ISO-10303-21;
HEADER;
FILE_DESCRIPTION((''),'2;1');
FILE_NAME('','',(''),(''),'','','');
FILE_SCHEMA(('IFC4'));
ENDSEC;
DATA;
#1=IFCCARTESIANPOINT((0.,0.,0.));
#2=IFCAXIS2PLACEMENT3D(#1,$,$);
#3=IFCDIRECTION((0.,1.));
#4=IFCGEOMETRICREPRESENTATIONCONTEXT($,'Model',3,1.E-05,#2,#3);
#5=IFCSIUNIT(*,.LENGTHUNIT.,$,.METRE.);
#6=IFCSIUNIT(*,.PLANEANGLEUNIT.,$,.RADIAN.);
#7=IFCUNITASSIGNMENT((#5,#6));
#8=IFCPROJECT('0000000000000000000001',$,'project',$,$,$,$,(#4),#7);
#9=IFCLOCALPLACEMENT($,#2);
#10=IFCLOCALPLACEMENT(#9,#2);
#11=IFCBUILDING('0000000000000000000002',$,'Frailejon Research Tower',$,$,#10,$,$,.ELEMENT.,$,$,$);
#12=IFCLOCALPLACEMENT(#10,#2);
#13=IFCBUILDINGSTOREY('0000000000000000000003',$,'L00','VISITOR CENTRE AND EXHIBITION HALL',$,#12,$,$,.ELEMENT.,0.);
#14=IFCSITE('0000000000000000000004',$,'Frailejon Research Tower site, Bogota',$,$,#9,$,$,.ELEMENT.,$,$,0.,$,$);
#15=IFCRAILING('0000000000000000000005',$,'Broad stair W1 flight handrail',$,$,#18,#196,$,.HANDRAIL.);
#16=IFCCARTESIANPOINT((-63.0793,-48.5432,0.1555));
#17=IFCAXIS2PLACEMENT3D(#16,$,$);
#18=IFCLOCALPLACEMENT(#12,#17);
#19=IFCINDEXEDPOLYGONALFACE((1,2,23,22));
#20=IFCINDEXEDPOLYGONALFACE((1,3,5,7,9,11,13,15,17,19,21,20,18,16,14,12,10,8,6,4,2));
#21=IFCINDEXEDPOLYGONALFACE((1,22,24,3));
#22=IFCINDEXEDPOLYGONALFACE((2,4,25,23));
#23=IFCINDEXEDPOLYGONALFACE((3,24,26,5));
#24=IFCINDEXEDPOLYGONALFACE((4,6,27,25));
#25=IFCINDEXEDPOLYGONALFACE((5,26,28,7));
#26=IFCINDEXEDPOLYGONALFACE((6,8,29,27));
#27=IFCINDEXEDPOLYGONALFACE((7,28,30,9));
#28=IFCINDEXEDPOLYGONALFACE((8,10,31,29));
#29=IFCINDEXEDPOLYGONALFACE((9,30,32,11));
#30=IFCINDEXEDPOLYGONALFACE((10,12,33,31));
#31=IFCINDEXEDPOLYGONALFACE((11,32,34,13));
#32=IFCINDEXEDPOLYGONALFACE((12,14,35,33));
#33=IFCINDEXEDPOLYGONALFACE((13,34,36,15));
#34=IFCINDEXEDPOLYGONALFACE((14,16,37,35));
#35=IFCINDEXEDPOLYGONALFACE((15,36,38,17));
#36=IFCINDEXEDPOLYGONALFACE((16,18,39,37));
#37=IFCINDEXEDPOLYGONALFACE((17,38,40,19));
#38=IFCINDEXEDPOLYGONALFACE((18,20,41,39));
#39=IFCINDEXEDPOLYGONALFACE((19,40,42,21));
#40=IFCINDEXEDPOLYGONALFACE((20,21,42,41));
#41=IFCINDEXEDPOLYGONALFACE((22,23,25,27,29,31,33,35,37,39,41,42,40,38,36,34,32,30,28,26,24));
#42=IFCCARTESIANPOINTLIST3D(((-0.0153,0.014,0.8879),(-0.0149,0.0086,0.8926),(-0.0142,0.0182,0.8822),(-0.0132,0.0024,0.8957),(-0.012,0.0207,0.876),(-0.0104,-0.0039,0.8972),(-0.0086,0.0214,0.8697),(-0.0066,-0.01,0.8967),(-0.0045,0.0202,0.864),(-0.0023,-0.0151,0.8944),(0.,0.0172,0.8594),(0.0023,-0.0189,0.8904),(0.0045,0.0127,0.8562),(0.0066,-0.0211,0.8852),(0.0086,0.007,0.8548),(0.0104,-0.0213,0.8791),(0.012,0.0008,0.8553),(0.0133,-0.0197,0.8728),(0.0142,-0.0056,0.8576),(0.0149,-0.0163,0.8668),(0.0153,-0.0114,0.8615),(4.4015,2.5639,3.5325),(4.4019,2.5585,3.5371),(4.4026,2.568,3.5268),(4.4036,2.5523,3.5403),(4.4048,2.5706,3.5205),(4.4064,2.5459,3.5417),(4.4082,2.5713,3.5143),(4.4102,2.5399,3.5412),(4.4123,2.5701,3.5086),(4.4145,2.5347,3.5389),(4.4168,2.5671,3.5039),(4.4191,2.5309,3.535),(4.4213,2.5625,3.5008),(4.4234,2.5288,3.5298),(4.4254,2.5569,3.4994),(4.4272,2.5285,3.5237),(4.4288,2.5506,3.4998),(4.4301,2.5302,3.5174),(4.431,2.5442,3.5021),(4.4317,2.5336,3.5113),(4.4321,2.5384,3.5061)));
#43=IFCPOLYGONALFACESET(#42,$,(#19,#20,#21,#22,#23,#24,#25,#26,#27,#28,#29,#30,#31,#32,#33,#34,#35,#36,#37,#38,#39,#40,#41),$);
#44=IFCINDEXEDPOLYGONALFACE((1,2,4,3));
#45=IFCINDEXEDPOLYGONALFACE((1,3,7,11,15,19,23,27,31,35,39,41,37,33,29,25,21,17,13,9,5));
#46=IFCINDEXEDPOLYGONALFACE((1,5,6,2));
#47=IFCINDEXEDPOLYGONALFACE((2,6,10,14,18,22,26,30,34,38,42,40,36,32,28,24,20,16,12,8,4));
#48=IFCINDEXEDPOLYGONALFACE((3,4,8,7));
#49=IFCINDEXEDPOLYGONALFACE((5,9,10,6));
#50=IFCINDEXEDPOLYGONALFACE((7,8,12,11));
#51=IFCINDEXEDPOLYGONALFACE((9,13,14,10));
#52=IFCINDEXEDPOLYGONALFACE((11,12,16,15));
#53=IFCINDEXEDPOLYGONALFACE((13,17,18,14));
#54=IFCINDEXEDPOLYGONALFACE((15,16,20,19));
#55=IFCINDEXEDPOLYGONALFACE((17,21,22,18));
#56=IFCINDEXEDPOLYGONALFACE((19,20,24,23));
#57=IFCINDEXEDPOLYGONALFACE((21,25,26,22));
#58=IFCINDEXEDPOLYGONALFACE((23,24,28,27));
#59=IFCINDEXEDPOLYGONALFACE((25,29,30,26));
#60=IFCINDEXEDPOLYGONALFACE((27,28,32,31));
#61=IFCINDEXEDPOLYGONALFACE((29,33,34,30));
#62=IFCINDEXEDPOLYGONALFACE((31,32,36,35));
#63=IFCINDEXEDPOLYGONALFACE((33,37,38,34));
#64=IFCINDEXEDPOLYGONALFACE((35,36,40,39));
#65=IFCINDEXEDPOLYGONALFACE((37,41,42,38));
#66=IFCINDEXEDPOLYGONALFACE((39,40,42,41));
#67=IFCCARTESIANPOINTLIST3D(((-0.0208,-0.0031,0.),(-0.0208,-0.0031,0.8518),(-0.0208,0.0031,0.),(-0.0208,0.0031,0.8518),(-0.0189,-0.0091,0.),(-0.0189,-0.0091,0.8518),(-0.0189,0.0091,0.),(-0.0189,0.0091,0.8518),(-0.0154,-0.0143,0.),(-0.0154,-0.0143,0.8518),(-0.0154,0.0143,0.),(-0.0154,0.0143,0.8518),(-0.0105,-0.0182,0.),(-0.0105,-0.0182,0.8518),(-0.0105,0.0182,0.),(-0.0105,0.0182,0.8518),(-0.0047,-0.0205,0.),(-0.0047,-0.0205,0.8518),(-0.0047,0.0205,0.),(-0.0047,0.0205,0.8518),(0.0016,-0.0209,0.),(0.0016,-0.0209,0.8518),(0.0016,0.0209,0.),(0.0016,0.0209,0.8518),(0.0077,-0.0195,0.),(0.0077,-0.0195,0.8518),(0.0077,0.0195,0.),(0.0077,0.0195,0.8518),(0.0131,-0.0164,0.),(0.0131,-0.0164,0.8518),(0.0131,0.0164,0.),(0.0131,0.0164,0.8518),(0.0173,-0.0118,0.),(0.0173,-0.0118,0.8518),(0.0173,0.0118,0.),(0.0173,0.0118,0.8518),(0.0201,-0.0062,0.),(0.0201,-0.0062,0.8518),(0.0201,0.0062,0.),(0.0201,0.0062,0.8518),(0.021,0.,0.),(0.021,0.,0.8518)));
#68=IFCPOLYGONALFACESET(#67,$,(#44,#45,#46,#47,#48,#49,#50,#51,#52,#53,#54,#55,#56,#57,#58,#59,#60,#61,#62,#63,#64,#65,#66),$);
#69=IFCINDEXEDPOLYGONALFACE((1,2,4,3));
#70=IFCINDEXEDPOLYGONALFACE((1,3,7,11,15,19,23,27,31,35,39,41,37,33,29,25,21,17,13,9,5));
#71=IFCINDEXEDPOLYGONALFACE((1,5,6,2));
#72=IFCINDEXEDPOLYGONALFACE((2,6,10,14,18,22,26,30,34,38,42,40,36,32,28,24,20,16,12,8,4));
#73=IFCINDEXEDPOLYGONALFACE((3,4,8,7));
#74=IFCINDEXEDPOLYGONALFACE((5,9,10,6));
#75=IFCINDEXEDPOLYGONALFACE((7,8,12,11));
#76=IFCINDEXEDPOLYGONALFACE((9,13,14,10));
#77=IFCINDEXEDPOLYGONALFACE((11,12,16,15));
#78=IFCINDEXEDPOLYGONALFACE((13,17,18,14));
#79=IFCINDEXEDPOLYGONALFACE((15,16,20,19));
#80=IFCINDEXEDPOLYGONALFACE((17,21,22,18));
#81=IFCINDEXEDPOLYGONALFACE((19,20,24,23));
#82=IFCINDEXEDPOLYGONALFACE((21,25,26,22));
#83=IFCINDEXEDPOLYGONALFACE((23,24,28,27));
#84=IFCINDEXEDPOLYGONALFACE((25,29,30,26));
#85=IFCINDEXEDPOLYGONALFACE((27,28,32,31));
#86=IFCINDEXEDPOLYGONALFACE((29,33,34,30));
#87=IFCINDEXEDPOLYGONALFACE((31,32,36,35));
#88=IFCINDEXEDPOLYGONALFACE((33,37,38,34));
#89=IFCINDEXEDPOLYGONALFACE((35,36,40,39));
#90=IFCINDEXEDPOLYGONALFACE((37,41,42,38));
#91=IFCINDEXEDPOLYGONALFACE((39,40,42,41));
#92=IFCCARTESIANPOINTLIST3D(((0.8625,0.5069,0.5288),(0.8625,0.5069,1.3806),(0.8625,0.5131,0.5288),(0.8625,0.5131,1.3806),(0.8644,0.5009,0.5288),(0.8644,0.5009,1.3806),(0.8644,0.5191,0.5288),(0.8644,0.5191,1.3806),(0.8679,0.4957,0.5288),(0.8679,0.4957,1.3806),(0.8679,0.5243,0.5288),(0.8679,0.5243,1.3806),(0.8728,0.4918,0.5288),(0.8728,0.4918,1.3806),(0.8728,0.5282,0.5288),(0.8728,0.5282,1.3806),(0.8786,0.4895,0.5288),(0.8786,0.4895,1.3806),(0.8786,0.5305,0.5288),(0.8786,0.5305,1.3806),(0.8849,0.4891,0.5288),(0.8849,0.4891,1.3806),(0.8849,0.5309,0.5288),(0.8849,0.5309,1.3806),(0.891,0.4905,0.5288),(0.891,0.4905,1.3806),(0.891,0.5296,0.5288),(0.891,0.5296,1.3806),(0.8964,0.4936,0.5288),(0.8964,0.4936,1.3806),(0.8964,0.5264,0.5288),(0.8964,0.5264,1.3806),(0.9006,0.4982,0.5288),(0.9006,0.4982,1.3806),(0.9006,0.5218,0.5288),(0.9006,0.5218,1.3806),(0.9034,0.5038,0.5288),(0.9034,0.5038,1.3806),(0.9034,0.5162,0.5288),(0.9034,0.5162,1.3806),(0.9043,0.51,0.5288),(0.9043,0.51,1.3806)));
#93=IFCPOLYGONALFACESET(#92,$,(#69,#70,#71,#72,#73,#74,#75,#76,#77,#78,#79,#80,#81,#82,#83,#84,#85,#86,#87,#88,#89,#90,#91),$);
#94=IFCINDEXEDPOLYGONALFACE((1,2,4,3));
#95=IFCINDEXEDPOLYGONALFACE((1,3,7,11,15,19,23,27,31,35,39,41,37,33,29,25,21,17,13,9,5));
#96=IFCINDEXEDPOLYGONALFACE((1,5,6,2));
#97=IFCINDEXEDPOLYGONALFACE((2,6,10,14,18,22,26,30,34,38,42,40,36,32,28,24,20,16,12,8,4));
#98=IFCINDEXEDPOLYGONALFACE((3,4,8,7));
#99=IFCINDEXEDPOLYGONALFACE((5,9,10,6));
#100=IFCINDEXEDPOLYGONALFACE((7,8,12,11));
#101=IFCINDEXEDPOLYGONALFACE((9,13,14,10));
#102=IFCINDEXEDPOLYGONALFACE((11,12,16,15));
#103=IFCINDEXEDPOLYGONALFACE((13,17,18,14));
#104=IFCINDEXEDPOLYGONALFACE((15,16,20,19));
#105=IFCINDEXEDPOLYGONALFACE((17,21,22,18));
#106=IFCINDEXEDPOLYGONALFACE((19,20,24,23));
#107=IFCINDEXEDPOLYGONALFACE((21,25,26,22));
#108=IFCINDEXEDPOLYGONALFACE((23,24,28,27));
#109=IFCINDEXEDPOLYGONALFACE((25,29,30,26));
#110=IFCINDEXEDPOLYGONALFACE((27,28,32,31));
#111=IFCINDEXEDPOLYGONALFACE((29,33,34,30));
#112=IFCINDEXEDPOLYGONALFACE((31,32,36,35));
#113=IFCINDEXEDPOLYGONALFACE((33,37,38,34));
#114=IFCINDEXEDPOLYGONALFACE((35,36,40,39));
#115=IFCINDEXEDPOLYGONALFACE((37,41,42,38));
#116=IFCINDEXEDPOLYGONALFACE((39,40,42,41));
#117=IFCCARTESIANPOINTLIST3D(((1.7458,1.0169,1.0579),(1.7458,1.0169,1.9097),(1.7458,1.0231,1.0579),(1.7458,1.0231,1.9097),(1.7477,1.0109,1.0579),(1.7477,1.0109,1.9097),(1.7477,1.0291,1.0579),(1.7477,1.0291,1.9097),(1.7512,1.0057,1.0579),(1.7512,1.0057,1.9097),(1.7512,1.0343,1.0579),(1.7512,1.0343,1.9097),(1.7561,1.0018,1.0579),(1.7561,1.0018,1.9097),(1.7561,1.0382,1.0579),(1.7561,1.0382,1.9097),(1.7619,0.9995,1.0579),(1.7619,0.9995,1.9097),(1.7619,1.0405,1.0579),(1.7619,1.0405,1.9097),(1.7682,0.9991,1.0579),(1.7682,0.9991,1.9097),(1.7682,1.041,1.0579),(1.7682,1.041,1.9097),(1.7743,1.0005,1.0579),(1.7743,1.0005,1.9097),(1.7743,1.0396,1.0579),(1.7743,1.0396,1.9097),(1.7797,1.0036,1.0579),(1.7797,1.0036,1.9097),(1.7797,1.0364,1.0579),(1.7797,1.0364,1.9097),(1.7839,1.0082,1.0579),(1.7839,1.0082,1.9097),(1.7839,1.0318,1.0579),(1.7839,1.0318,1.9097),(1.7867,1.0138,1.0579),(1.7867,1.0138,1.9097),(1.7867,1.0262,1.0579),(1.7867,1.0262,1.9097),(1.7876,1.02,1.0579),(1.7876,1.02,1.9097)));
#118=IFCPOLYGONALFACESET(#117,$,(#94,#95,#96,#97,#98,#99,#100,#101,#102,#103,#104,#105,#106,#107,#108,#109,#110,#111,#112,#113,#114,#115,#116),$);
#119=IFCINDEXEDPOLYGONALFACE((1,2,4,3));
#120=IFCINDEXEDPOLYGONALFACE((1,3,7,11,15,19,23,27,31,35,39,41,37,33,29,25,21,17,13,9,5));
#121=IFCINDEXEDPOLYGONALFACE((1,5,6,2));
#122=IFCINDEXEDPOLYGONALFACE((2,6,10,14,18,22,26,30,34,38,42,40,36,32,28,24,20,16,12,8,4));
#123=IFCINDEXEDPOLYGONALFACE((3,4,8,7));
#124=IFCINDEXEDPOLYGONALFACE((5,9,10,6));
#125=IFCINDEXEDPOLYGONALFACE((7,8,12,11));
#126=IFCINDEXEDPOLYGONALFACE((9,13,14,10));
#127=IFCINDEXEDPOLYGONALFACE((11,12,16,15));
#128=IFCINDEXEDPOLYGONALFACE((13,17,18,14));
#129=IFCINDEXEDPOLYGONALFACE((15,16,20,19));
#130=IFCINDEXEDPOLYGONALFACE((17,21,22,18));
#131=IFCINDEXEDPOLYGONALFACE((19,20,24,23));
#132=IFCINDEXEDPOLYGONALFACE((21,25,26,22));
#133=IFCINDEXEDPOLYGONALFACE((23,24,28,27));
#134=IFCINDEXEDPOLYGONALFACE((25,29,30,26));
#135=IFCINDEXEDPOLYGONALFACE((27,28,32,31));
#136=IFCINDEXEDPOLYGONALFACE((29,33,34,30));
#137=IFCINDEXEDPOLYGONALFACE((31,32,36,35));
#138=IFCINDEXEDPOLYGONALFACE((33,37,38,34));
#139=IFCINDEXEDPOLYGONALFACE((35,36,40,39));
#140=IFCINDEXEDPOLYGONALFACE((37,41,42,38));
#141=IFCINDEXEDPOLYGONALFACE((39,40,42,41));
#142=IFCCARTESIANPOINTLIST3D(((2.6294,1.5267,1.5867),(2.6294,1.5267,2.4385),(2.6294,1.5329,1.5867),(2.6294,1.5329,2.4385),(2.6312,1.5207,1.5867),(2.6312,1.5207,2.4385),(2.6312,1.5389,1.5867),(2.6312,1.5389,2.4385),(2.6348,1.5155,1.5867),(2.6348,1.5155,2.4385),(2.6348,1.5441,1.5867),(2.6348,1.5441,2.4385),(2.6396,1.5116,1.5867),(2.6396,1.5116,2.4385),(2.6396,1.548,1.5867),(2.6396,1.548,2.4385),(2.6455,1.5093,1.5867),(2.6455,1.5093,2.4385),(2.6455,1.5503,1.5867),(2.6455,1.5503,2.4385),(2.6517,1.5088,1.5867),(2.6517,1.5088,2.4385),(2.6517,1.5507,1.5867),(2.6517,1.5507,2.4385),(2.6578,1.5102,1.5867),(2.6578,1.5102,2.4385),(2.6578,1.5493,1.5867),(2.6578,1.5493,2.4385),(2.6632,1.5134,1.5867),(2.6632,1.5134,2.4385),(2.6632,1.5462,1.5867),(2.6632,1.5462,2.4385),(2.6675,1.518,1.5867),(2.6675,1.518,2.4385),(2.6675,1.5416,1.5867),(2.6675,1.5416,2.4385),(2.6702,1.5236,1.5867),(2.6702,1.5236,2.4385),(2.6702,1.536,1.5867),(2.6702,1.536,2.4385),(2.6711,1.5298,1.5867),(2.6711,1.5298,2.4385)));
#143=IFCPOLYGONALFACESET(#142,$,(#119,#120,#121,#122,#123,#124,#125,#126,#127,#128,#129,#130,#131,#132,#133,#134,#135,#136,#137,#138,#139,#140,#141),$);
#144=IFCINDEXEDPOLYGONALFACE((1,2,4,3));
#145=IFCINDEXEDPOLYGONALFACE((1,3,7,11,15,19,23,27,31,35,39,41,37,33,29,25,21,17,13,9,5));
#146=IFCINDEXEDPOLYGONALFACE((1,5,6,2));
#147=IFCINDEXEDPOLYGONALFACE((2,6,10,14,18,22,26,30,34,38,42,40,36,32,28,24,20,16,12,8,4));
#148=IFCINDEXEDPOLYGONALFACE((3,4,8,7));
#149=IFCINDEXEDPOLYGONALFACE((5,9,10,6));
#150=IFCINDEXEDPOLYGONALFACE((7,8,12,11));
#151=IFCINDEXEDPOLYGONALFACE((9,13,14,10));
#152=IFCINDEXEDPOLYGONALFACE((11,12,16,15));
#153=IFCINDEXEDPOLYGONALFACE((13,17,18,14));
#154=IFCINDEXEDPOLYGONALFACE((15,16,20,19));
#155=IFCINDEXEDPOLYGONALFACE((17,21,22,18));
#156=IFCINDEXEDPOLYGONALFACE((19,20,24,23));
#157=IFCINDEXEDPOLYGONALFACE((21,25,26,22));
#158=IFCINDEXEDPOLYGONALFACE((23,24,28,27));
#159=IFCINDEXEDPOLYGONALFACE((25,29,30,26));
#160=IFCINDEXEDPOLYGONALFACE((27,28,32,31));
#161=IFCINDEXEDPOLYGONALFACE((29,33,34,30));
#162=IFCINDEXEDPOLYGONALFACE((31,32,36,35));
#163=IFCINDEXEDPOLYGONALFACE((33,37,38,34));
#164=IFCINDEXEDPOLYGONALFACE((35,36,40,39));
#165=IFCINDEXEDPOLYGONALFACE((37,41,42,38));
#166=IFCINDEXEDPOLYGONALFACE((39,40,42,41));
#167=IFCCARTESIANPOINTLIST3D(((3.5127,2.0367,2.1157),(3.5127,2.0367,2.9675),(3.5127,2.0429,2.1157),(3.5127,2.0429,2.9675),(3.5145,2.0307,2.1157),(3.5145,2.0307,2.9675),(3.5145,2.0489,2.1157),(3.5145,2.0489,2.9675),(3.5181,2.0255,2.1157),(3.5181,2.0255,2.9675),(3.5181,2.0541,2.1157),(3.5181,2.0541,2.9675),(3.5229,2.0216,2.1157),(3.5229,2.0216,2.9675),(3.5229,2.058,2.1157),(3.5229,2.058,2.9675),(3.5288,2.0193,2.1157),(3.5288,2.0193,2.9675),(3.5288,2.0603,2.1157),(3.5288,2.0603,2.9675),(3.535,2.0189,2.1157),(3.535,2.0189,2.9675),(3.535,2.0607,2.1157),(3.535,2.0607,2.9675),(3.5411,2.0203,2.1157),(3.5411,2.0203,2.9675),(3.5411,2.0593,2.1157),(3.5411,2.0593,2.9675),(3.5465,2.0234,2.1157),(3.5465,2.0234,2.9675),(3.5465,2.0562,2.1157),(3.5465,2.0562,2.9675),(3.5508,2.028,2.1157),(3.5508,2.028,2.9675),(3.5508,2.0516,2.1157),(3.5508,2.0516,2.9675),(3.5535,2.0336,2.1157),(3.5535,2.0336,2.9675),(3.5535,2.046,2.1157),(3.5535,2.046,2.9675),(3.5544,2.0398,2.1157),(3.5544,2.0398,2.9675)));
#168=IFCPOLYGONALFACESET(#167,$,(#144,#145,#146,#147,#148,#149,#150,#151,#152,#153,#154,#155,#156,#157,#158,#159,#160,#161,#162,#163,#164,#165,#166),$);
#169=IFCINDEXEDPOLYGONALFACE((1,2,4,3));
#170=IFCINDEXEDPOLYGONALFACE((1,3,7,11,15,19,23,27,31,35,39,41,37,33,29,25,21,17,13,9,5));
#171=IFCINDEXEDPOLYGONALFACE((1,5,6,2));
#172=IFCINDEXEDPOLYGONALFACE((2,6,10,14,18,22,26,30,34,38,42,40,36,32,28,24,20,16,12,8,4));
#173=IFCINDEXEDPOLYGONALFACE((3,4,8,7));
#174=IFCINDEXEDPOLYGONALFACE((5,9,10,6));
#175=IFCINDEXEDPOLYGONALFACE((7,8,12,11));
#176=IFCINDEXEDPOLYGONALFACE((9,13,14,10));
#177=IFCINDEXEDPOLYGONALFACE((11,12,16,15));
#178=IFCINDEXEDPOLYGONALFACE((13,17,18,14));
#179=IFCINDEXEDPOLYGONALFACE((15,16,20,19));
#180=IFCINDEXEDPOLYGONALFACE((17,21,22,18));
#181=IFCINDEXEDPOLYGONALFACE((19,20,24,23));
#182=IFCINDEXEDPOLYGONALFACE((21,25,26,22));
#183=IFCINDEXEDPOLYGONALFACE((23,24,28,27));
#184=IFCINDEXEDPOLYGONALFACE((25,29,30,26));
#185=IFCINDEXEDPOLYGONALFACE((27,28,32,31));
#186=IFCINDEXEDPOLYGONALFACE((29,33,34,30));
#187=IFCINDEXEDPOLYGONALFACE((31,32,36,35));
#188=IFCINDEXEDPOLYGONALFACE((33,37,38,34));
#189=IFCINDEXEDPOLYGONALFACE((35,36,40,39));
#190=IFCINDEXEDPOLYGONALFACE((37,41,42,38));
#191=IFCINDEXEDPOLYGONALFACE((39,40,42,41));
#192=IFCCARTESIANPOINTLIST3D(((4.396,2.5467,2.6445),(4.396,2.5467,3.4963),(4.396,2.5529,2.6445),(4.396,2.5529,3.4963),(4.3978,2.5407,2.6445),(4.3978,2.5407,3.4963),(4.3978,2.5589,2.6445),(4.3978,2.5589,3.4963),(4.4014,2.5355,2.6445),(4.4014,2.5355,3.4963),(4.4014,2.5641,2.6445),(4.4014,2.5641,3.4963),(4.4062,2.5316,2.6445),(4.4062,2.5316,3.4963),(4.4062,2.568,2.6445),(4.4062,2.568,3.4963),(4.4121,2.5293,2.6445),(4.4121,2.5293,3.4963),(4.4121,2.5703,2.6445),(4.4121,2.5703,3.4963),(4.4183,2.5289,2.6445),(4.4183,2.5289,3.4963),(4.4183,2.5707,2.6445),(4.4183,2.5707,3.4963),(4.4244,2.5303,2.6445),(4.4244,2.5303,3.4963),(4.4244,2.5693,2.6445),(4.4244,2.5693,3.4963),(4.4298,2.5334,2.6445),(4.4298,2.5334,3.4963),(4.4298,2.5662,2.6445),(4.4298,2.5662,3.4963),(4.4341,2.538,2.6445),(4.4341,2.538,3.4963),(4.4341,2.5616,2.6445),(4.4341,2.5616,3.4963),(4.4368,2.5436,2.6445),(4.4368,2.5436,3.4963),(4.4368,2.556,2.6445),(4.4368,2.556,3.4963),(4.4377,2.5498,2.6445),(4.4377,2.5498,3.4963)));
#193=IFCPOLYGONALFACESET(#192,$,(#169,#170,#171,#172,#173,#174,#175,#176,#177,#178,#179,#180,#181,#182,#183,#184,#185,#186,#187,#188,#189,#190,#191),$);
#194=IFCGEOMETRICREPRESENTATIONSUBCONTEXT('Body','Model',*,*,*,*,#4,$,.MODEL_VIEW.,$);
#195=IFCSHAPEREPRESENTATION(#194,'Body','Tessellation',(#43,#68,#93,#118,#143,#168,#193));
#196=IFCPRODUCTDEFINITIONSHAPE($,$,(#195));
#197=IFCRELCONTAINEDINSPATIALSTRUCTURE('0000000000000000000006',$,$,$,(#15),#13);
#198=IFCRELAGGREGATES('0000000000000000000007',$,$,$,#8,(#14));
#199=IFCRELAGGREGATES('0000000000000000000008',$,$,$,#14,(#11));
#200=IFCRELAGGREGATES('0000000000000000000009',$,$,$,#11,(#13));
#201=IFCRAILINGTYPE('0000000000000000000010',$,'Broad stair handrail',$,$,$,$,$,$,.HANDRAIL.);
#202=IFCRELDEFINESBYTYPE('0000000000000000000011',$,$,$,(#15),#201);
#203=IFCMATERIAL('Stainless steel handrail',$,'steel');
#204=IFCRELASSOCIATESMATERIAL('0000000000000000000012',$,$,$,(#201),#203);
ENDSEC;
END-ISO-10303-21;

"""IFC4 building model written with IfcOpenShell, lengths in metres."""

from ifc_helpers import new_model, si_unit, direction, frame, origin, origin_2d, place, context, subcontext, project, spatial, circle, extrude, material, type_object, element, save


model = new_model("IFC4")

# Units and contexts
model_context = context("Model", 3, precision=1e-05, world=origin(), true_north=direction((0.0, 1.0)))
body_context = subcontext(model_context, "Body", "Model", "MODEL_VIEW")
ifc_project = project(units=[si_unit("LENGTHUNIT", "METRE"), si_unit("PLANEANGLEUNIT", "RADIAN")], contexts=[model_context])

# Site, building, storey
site_placement = place(None, origin())
site = spatial("IfcSite", under=ifc_project, at=site_placement, Name="Frailejon Research Tower site, Bogota", CompositionType="ELEMENT", RefElevation=0.0)
building_placement = place(site_placement, origin())
building = spatial("IfcBuilding", under=site, at=building_placement, Name="Frailejon Research Tower", CompositionType="ELEMENT")
storey_placement = place(building_placement, origin())
storey = spatial("IfcBuildingStorey", under=building, at=storey_placement, Name="L00", Description="VISITOR CENTRE AND EXHIBITION HALL", CompositionType="ELEMENT", Elevation=0.0)

# Railing
ifc_material_1 = material(Name="Stainless steel handrail", Category="steel")
railing_type_1 = type_object("IfcRailingType", Name="Broad stair handrail", PredefinedType="HANDRAIL", material=ifc_material_1)
for number, where, name in (
    (1, (-63.0793, -48.5432, 0.1555), "Broad stair W1 flight handrail"),
):
    element("IfcRailing", number, at=place(storey_placement, frame(where)), inside=storey, type_object=railing_type_1, Name=name, PredefinedType="HANDRAIL", context=body_context, shape_type="SweptSolid", body=[
        extrude(circle(Radius=0.0239, at=origin_2d()), frame((0.0, 0.0, 0.876), z_axis=(0.768826, 0.443846, 0.460335), x_axis=(-0.49997, 0.866043, 0.0)), (0.0, 0.0, 1.0), 5.7449),
        extrude(circle(Radius=0.021, at=origin_2d()), origin(), (0.0, 0.0, 1.0), 0.8518),
        extrude(circle(Radius=0.021, at=origin_2d()), frame((0.8833, 0.51, 0.5288)), (0.0, 0.0, 1.0), 0.8518),
        extrude(circle(Radius=0.021, at=origin_2d()), frame((1.7666, 1.02, 1.0579)), (0.0, 0.0, 1.0), 0.8518),
        extrude(circle(Radius=0.021, at=origin_2d()), frame((2.6501, 1.5298, 1.5867)), (0.0, 0.0, 1.0), 0.8518),
        extrude(circle(Radius=0.021, at=origin_2d()), frame((3.5334, 2.0398, 2.1157)), (0.0, 0.0, 1.0), 0.8518),
        extrude(circle(Radius=0.021, at=origin_2d()), frame((4.4167, 2.5498, 2.6445)), (0.0, 0.0, 1.0), 0.8518),
    ])

save(model, "model.ifc")
